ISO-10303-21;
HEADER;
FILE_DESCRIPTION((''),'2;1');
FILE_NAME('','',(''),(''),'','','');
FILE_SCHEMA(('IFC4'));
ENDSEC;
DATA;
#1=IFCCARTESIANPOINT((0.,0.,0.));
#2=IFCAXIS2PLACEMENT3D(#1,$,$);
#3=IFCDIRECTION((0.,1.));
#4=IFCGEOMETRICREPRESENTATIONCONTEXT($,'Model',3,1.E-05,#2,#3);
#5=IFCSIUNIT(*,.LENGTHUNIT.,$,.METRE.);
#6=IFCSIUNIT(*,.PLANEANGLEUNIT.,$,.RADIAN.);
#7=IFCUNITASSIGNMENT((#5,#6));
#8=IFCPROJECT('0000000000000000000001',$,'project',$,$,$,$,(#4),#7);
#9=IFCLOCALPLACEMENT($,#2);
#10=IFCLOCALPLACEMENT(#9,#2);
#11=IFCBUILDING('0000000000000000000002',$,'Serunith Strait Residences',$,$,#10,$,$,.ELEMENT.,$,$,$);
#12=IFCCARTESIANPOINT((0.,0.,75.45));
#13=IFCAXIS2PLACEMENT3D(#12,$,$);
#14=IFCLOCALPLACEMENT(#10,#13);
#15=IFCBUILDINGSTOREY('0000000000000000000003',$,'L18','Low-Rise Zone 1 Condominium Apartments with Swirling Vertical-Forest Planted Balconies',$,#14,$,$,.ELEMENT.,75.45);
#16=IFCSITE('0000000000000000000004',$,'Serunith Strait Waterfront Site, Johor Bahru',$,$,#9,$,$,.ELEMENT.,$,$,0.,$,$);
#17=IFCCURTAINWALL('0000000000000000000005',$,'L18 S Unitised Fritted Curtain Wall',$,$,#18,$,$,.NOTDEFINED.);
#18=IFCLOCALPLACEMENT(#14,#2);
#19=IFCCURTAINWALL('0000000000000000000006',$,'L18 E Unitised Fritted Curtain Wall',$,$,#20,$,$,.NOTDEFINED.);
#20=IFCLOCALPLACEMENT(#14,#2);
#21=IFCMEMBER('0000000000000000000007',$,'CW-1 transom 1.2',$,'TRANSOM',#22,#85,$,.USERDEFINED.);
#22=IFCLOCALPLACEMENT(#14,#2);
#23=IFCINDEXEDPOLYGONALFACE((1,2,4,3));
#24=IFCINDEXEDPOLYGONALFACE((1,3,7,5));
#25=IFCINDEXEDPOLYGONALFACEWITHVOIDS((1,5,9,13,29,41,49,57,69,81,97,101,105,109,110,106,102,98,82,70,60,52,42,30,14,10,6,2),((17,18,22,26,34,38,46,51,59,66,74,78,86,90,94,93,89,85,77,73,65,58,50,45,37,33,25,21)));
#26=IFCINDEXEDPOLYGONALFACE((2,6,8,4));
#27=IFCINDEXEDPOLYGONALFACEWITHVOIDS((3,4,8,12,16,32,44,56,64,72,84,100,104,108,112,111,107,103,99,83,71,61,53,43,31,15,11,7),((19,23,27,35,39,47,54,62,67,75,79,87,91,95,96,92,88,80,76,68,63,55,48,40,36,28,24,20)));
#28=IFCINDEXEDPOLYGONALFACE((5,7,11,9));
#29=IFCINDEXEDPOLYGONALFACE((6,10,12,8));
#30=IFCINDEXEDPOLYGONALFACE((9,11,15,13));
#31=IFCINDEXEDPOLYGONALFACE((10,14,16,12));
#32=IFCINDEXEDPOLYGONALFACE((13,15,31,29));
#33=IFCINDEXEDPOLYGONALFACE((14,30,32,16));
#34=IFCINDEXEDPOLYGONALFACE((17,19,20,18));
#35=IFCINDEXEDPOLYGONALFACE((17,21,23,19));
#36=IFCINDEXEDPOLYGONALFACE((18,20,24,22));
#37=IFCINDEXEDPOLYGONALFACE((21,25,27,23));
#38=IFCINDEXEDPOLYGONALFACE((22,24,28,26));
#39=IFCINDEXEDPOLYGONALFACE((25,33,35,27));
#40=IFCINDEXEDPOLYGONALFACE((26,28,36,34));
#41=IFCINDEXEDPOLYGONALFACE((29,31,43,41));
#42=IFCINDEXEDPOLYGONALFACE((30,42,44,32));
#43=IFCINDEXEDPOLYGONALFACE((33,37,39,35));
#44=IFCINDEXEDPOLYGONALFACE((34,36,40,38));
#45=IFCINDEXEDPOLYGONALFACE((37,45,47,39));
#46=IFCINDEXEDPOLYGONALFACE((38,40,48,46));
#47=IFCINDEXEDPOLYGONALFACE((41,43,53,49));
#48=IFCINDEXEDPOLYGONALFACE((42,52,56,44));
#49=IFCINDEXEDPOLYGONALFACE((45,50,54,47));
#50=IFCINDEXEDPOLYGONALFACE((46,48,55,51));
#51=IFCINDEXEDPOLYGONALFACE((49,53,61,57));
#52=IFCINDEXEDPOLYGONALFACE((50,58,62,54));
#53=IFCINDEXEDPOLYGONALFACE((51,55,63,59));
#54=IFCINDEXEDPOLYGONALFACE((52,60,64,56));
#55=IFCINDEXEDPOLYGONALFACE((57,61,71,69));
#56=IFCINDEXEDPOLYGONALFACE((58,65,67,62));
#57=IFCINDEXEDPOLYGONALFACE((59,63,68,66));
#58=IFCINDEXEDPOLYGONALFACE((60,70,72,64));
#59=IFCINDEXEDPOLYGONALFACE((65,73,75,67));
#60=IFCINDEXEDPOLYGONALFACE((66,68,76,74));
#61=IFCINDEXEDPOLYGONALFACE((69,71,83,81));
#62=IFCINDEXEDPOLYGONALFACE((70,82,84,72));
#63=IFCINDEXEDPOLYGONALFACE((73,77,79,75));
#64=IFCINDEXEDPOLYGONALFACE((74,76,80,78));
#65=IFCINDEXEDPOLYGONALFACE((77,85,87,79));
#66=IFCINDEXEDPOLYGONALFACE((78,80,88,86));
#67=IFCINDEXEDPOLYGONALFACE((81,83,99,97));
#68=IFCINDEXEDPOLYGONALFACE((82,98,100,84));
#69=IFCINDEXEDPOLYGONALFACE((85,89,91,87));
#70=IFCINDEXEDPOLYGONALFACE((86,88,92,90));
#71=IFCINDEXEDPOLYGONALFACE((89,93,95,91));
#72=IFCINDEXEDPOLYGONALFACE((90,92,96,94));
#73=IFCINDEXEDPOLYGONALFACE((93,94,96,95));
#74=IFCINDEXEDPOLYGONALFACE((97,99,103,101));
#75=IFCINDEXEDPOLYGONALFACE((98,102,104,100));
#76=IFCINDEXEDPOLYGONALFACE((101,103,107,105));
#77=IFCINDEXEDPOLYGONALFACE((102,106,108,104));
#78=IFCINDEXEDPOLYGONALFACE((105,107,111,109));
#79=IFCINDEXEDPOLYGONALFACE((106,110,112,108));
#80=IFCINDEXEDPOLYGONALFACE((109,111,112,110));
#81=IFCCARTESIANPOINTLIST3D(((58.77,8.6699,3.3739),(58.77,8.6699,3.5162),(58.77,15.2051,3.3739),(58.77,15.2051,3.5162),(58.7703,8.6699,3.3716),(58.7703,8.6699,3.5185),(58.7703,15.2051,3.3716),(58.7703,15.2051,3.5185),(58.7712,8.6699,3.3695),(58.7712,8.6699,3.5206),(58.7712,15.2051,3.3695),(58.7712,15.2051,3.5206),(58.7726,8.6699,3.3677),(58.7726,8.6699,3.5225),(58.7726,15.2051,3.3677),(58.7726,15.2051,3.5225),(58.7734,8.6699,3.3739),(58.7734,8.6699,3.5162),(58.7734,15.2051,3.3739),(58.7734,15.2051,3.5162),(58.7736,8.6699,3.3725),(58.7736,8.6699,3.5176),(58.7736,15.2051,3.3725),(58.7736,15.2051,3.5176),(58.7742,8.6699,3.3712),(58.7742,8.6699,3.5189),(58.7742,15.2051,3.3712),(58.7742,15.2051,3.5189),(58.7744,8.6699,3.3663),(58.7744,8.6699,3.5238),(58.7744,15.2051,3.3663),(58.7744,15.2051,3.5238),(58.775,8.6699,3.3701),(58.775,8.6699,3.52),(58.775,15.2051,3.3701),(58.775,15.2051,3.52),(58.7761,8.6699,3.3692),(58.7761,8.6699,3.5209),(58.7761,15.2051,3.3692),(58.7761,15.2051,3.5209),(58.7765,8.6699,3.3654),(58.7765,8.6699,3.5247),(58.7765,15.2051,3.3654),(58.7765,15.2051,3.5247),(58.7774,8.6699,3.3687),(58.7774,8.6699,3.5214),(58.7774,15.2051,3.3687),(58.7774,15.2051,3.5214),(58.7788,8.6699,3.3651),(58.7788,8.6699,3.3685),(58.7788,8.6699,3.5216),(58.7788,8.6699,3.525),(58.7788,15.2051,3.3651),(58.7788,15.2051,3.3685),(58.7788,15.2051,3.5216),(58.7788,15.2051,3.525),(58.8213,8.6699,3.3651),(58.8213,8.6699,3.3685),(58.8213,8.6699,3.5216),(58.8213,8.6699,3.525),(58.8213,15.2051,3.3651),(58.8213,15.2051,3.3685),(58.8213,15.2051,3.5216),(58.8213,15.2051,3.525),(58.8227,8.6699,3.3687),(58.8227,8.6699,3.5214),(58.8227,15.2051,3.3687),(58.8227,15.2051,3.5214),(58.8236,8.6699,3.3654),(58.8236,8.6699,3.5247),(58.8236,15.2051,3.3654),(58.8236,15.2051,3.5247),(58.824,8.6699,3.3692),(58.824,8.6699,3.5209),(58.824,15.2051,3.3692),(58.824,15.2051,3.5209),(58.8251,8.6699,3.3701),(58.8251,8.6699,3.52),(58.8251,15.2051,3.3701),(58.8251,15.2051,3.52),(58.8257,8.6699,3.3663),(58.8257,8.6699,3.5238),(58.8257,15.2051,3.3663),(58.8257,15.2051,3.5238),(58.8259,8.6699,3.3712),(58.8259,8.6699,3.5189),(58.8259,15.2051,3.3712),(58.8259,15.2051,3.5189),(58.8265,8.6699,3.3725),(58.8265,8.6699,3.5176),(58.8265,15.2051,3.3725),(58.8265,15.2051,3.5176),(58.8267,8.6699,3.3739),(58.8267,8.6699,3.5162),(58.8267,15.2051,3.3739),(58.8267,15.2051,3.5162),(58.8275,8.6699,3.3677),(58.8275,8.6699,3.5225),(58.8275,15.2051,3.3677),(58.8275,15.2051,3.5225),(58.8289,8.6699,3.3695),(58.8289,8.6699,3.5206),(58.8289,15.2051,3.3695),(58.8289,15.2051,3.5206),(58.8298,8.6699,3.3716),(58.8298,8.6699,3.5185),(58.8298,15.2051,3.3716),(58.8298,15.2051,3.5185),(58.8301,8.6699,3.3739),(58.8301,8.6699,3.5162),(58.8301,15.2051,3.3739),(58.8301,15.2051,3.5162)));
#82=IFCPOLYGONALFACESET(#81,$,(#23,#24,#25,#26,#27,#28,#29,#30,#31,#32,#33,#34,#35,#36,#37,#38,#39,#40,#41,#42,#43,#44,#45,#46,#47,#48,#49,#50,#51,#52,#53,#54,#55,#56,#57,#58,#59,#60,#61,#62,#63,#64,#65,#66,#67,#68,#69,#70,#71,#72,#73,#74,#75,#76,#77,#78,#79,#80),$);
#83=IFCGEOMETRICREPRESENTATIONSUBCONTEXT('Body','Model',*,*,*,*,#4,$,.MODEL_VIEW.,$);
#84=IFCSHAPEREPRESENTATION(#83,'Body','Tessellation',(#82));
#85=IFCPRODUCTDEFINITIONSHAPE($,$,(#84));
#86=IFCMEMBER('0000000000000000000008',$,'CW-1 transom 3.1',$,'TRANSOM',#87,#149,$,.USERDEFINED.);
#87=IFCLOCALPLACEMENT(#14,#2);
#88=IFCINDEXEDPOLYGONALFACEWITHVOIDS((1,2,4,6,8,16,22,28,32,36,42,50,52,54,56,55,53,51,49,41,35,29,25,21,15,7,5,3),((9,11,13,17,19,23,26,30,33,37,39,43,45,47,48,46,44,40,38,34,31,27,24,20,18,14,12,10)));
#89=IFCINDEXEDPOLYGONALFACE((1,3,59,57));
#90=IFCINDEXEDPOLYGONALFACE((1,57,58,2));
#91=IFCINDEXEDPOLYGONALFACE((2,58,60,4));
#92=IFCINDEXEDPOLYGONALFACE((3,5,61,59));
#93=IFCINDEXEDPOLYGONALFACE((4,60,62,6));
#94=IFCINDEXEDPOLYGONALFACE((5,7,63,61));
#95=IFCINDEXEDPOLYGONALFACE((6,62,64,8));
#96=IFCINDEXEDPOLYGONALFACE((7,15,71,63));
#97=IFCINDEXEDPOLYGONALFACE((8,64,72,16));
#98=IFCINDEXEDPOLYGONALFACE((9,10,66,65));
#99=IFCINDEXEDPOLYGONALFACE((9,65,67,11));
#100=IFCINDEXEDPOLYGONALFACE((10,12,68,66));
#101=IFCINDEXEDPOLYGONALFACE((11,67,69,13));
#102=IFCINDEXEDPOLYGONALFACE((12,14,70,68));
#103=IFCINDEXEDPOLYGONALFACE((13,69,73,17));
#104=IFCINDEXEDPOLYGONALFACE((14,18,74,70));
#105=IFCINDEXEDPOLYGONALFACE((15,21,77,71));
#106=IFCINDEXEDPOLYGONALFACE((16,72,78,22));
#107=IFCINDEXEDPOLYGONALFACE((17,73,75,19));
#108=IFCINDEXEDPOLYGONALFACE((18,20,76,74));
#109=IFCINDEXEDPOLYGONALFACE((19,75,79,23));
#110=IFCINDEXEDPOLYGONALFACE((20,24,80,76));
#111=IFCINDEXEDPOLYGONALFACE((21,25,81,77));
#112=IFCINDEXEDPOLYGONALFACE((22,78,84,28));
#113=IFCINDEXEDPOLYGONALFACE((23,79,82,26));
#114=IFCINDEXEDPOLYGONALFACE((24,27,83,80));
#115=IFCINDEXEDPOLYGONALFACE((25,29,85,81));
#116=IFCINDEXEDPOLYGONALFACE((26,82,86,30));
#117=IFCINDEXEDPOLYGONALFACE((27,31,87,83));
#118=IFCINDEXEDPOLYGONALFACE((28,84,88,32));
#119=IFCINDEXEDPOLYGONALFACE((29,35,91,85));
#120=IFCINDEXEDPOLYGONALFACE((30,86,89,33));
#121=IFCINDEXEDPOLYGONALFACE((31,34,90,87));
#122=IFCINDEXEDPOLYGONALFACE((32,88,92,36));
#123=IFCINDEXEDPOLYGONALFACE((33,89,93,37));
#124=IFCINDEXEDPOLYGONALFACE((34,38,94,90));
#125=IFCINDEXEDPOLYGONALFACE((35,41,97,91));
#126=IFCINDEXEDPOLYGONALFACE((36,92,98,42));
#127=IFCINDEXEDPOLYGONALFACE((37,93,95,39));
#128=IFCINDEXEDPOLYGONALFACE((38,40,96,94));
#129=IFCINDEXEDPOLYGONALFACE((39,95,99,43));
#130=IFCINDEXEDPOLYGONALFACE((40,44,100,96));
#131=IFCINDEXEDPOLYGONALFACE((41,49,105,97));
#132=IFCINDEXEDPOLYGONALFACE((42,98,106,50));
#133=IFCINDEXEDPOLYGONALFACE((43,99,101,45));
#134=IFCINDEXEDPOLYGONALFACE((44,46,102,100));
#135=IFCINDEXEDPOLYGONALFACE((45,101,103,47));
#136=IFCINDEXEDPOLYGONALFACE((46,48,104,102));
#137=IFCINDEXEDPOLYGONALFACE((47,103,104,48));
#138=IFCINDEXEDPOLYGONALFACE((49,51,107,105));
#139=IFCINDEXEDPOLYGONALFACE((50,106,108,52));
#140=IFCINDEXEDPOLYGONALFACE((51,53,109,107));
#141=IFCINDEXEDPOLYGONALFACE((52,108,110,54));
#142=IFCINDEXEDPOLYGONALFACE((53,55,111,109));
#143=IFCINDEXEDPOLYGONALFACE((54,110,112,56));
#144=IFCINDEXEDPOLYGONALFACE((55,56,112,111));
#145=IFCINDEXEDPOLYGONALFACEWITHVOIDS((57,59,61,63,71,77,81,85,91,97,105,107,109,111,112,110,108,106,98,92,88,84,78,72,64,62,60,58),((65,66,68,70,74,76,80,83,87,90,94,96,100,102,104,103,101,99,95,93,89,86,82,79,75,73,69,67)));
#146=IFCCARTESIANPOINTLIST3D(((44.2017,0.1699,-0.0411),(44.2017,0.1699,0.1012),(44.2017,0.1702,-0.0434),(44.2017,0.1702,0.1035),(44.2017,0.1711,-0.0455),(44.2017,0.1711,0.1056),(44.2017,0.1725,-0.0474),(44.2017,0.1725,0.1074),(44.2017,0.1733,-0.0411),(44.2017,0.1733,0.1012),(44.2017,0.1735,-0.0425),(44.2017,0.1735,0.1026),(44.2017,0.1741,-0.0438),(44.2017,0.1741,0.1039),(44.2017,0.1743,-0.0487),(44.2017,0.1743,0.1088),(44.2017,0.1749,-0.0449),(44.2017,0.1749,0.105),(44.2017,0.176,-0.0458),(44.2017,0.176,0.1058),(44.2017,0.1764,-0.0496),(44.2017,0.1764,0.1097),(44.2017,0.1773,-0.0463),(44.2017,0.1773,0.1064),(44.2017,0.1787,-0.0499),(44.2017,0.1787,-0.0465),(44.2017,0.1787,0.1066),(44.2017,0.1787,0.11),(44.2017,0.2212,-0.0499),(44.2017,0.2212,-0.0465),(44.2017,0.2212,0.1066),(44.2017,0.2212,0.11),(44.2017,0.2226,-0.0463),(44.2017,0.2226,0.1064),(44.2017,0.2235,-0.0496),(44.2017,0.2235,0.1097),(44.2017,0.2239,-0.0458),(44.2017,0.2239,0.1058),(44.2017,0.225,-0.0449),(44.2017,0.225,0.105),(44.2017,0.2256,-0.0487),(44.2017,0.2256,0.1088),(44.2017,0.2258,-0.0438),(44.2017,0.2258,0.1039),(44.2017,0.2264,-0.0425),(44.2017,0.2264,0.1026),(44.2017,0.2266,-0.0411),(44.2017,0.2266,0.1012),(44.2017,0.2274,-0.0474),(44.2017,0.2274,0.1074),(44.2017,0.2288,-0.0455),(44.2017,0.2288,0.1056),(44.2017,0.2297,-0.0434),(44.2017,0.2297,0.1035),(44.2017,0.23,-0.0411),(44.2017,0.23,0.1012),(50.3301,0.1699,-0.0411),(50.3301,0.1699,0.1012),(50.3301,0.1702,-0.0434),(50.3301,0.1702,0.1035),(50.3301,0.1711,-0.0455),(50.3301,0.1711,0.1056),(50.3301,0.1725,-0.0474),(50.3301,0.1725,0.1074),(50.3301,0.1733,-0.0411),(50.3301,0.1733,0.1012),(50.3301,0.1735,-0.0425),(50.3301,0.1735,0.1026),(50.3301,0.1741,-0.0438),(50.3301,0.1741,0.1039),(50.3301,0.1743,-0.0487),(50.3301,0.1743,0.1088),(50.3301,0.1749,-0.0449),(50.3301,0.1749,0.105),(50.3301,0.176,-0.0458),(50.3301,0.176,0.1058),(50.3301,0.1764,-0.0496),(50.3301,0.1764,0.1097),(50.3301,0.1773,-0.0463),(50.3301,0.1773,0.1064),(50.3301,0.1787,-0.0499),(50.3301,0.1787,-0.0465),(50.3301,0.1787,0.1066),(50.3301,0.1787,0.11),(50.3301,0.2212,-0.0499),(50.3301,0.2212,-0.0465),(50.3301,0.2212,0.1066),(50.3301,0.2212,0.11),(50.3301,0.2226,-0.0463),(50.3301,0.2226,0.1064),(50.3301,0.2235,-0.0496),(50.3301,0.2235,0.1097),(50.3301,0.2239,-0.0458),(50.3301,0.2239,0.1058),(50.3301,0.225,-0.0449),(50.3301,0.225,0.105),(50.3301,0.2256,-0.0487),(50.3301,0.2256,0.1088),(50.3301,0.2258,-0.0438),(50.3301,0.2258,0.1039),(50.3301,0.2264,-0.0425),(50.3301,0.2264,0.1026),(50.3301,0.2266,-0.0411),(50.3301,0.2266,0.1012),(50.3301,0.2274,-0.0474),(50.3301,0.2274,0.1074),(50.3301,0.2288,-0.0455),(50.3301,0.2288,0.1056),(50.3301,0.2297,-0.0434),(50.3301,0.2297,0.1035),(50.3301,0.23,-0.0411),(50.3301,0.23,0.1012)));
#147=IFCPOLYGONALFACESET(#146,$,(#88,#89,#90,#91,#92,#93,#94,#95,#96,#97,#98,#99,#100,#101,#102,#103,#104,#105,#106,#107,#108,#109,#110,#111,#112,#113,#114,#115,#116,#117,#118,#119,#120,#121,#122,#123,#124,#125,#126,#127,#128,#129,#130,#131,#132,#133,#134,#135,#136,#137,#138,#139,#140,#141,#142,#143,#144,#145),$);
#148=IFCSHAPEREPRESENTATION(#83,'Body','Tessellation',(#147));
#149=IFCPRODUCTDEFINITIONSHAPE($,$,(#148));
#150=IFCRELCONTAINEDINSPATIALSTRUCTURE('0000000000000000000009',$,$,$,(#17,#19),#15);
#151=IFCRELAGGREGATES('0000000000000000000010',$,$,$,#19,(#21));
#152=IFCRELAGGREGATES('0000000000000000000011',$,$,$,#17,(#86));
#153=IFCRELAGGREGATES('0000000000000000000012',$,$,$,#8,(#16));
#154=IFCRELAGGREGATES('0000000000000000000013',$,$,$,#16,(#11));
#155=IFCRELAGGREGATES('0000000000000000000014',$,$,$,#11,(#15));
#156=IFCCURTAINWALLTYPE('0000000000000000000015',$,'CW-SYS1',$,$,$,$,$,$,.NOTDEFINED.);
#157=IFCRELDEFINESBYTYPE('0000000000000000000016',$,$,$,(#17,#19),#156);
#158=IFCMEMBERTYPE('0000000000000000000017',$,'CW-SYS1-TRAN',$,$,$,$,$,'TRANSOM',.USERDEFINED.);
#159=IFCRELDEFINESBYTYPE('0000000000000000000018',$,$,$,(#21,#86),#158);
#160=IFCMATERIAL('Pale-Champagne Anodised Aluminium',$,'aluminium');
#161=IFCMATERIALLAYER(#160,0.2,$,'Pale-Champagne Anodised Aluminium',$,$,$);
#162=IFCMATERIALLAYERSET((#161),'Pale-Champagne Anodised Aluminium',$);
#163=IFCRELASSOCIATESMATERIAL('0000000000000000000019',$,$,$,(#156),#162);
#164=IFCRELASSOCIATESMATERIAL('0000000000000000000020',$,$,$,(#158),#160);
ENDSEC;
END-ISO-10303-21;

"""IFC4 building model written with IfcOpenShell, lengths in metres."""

from ifc_helpers import new_model, si_unit, direction, frame, origin, origin_2d, place, context, subcontext, project, spatial, hollow_rectangle, extrude, source, transform, mapped, material, layer, layer_set, material_profile, profile_set, type_object, element, aggregate, save


model = new_model("IFC4")

# Units and contexts
model_context = context("Model", 3, precision=1e-05, world=origin(), true_north=direction((0.0, 1.0)))
body_context = subcontext(model_context, "Body", "Model", "MODEL_VIEW")
ifc_project = project(units=[si_unit("LENGTHUNIT", "METRE"), si_unit("PLANEANGLEUNIT", "RADIAN")], contexts=[model_context])

# Site, building, storey
site_placement = place(None, origin())
site = spatial("IfcSite", under=ifc_project, at=site_placement, Name="Serunith Strait Waterfront Site, Johor Bahru", CompositionType="ELEMENT", RefElevation=0.0)
building_placement = place(site_placement, origin())
building = spatial("IfcBuilding", under=site, at=building_placement, Name="Serunith Strait Residences", CompositionType="ELEMENT")
storey_placement = place(building_placement, frame((0.0, 0.0, 75.45)))
storey = spatial("IfcBuildingStorey", under=building, at=storey_placement, Name="L18", Description="Low-Rise Zone 1 Condominium Apartments with Swirling Vertical-Forest Planted Balconies", CompositionType="ELEMENT", Elevation=75.45)

# Curtain walls, member
ifc_material_1 = material(Name="Pale-Champagne Anodised Aluminium", Category="aluminium")
ifc_layer_1 = layer(ifc_material_1, 0.2, Name="Pale-Champagne Anodised Aluminium")
ifc_layer_set_1 = layer_set([ifc_layer_1], Name="Pale-Champagne Anodised Aluminium")
curtain_wall_type = type_object("IfcCurtainWallType", Name="CW-SYS1", PredefinedType="NOTDEFINED", material=ifc_layer_set_1)
curtain_wall_1_placement = place(storey_placement, origin())
curtain_wall_1 = element("IfcCurtainWall", 1, at=curtain_wall_1_placement, inside=storey, type_object=curtain_wall_type, Name="L18 S Unitised Fritted Curtain Wall", PredefinedType="NOTDEFINED")
curtain_wall_2_placement = place(storey_placement, origin())
curtain_wall_2 = element("IfcCurtainWall", 2, at=curtain_wall_2_placement, inside=storey, type_object=curtain_wall_type, Name="L18 E Unitised Fritted Curtain Wall", PredefinedType="NOTDEFINED")
ifc_material_profile_1 = material_profile(ifc_material_1, hollow_rectangle(XDim=0.0601, YDim=0.1599, WallThickness=0.0034, InnerFilletRadius=0.0054, OuterFilletRadius=0.0088, at=origin_2d()), Name="ALU 160x60x3.5")
ifc_profile_set_1 = profile_set([ifc_material_profile_1], Name="Pale-Champagne Anodised Aluminium")
member_type_1 = type_object("IfcMemberType", Name="CW-SYS1-TRAN", ElementType="TRANSOM", PredefinedType="USERDEFINED", material=ifc_profile_set_1)
shared_shape_1 = source(origin(), body_context, "Body", "SweptSolid", [
    extrude(hollow_rectangle(XDim=0.0601, YDim=0.1599, WallThickness=0.0034, InnerFilletRadius=0.0054, OuterFilletRadius=0.0088, at=origin_2d()), origin(), (0.0, 0.0, 1.0), 6.5352),
])
member_1_placement = place(storey_placement, frame((58.8, 8.6699, 3.4451), z_axis=(0.0, 1.0, 0.0), x_axis=(-1.0, 0.0, 0.0)))
member_1 = element("IfcMember", 3, at=member_1_placement, type_object=member_type_1, Name="CW-1 transom 1.2", ObjectType="TRANSOM", PredefinedType="USERDEFINED", context=body_context, shape_type="MappedRepresentation", body=[
    mapped(shared_shape_1, transform((0.0, 0.0, 0.0), scale=1.0)),
])

# Member
shared_shape_2 = source(origin(), body_context, "Body", "SweptSolid", [
    extrude(hollow_rectangle(XDim=0.0601, YDim=0.1599, WallThickness=0.0034, InnerFilletRadius=0.0054, OuterFilletRadius=0.0088, at=origin_2d()), origin(), (0.0, 0.0, 1.0), 6.1284),
])
member_2_placement = place(storey_placement, frame((44.2017, 0.2, 0.03), z_axis=(1.0, 0.0, 0.0), x_axis=(0.0, 1.0, 0.0)))
member_2 = element("IfcMember", 4, at=member_2_placement, type_object=member_type_1, Name="CW-1 transom 3.1", ObjectType="TRANSOM", PredefinedType="USERDEFINED", context=body_context, shape_type="MappedRepresentation", body=[
    mapped(shared_shape_2, transform((0.0, 0.0, 0.0), scale=1.0)),
])

aggregate(curtain_wall_2, [member_1])
aggregate(curtain_wall_1, [member_2])

save(model, "model.ifc")
